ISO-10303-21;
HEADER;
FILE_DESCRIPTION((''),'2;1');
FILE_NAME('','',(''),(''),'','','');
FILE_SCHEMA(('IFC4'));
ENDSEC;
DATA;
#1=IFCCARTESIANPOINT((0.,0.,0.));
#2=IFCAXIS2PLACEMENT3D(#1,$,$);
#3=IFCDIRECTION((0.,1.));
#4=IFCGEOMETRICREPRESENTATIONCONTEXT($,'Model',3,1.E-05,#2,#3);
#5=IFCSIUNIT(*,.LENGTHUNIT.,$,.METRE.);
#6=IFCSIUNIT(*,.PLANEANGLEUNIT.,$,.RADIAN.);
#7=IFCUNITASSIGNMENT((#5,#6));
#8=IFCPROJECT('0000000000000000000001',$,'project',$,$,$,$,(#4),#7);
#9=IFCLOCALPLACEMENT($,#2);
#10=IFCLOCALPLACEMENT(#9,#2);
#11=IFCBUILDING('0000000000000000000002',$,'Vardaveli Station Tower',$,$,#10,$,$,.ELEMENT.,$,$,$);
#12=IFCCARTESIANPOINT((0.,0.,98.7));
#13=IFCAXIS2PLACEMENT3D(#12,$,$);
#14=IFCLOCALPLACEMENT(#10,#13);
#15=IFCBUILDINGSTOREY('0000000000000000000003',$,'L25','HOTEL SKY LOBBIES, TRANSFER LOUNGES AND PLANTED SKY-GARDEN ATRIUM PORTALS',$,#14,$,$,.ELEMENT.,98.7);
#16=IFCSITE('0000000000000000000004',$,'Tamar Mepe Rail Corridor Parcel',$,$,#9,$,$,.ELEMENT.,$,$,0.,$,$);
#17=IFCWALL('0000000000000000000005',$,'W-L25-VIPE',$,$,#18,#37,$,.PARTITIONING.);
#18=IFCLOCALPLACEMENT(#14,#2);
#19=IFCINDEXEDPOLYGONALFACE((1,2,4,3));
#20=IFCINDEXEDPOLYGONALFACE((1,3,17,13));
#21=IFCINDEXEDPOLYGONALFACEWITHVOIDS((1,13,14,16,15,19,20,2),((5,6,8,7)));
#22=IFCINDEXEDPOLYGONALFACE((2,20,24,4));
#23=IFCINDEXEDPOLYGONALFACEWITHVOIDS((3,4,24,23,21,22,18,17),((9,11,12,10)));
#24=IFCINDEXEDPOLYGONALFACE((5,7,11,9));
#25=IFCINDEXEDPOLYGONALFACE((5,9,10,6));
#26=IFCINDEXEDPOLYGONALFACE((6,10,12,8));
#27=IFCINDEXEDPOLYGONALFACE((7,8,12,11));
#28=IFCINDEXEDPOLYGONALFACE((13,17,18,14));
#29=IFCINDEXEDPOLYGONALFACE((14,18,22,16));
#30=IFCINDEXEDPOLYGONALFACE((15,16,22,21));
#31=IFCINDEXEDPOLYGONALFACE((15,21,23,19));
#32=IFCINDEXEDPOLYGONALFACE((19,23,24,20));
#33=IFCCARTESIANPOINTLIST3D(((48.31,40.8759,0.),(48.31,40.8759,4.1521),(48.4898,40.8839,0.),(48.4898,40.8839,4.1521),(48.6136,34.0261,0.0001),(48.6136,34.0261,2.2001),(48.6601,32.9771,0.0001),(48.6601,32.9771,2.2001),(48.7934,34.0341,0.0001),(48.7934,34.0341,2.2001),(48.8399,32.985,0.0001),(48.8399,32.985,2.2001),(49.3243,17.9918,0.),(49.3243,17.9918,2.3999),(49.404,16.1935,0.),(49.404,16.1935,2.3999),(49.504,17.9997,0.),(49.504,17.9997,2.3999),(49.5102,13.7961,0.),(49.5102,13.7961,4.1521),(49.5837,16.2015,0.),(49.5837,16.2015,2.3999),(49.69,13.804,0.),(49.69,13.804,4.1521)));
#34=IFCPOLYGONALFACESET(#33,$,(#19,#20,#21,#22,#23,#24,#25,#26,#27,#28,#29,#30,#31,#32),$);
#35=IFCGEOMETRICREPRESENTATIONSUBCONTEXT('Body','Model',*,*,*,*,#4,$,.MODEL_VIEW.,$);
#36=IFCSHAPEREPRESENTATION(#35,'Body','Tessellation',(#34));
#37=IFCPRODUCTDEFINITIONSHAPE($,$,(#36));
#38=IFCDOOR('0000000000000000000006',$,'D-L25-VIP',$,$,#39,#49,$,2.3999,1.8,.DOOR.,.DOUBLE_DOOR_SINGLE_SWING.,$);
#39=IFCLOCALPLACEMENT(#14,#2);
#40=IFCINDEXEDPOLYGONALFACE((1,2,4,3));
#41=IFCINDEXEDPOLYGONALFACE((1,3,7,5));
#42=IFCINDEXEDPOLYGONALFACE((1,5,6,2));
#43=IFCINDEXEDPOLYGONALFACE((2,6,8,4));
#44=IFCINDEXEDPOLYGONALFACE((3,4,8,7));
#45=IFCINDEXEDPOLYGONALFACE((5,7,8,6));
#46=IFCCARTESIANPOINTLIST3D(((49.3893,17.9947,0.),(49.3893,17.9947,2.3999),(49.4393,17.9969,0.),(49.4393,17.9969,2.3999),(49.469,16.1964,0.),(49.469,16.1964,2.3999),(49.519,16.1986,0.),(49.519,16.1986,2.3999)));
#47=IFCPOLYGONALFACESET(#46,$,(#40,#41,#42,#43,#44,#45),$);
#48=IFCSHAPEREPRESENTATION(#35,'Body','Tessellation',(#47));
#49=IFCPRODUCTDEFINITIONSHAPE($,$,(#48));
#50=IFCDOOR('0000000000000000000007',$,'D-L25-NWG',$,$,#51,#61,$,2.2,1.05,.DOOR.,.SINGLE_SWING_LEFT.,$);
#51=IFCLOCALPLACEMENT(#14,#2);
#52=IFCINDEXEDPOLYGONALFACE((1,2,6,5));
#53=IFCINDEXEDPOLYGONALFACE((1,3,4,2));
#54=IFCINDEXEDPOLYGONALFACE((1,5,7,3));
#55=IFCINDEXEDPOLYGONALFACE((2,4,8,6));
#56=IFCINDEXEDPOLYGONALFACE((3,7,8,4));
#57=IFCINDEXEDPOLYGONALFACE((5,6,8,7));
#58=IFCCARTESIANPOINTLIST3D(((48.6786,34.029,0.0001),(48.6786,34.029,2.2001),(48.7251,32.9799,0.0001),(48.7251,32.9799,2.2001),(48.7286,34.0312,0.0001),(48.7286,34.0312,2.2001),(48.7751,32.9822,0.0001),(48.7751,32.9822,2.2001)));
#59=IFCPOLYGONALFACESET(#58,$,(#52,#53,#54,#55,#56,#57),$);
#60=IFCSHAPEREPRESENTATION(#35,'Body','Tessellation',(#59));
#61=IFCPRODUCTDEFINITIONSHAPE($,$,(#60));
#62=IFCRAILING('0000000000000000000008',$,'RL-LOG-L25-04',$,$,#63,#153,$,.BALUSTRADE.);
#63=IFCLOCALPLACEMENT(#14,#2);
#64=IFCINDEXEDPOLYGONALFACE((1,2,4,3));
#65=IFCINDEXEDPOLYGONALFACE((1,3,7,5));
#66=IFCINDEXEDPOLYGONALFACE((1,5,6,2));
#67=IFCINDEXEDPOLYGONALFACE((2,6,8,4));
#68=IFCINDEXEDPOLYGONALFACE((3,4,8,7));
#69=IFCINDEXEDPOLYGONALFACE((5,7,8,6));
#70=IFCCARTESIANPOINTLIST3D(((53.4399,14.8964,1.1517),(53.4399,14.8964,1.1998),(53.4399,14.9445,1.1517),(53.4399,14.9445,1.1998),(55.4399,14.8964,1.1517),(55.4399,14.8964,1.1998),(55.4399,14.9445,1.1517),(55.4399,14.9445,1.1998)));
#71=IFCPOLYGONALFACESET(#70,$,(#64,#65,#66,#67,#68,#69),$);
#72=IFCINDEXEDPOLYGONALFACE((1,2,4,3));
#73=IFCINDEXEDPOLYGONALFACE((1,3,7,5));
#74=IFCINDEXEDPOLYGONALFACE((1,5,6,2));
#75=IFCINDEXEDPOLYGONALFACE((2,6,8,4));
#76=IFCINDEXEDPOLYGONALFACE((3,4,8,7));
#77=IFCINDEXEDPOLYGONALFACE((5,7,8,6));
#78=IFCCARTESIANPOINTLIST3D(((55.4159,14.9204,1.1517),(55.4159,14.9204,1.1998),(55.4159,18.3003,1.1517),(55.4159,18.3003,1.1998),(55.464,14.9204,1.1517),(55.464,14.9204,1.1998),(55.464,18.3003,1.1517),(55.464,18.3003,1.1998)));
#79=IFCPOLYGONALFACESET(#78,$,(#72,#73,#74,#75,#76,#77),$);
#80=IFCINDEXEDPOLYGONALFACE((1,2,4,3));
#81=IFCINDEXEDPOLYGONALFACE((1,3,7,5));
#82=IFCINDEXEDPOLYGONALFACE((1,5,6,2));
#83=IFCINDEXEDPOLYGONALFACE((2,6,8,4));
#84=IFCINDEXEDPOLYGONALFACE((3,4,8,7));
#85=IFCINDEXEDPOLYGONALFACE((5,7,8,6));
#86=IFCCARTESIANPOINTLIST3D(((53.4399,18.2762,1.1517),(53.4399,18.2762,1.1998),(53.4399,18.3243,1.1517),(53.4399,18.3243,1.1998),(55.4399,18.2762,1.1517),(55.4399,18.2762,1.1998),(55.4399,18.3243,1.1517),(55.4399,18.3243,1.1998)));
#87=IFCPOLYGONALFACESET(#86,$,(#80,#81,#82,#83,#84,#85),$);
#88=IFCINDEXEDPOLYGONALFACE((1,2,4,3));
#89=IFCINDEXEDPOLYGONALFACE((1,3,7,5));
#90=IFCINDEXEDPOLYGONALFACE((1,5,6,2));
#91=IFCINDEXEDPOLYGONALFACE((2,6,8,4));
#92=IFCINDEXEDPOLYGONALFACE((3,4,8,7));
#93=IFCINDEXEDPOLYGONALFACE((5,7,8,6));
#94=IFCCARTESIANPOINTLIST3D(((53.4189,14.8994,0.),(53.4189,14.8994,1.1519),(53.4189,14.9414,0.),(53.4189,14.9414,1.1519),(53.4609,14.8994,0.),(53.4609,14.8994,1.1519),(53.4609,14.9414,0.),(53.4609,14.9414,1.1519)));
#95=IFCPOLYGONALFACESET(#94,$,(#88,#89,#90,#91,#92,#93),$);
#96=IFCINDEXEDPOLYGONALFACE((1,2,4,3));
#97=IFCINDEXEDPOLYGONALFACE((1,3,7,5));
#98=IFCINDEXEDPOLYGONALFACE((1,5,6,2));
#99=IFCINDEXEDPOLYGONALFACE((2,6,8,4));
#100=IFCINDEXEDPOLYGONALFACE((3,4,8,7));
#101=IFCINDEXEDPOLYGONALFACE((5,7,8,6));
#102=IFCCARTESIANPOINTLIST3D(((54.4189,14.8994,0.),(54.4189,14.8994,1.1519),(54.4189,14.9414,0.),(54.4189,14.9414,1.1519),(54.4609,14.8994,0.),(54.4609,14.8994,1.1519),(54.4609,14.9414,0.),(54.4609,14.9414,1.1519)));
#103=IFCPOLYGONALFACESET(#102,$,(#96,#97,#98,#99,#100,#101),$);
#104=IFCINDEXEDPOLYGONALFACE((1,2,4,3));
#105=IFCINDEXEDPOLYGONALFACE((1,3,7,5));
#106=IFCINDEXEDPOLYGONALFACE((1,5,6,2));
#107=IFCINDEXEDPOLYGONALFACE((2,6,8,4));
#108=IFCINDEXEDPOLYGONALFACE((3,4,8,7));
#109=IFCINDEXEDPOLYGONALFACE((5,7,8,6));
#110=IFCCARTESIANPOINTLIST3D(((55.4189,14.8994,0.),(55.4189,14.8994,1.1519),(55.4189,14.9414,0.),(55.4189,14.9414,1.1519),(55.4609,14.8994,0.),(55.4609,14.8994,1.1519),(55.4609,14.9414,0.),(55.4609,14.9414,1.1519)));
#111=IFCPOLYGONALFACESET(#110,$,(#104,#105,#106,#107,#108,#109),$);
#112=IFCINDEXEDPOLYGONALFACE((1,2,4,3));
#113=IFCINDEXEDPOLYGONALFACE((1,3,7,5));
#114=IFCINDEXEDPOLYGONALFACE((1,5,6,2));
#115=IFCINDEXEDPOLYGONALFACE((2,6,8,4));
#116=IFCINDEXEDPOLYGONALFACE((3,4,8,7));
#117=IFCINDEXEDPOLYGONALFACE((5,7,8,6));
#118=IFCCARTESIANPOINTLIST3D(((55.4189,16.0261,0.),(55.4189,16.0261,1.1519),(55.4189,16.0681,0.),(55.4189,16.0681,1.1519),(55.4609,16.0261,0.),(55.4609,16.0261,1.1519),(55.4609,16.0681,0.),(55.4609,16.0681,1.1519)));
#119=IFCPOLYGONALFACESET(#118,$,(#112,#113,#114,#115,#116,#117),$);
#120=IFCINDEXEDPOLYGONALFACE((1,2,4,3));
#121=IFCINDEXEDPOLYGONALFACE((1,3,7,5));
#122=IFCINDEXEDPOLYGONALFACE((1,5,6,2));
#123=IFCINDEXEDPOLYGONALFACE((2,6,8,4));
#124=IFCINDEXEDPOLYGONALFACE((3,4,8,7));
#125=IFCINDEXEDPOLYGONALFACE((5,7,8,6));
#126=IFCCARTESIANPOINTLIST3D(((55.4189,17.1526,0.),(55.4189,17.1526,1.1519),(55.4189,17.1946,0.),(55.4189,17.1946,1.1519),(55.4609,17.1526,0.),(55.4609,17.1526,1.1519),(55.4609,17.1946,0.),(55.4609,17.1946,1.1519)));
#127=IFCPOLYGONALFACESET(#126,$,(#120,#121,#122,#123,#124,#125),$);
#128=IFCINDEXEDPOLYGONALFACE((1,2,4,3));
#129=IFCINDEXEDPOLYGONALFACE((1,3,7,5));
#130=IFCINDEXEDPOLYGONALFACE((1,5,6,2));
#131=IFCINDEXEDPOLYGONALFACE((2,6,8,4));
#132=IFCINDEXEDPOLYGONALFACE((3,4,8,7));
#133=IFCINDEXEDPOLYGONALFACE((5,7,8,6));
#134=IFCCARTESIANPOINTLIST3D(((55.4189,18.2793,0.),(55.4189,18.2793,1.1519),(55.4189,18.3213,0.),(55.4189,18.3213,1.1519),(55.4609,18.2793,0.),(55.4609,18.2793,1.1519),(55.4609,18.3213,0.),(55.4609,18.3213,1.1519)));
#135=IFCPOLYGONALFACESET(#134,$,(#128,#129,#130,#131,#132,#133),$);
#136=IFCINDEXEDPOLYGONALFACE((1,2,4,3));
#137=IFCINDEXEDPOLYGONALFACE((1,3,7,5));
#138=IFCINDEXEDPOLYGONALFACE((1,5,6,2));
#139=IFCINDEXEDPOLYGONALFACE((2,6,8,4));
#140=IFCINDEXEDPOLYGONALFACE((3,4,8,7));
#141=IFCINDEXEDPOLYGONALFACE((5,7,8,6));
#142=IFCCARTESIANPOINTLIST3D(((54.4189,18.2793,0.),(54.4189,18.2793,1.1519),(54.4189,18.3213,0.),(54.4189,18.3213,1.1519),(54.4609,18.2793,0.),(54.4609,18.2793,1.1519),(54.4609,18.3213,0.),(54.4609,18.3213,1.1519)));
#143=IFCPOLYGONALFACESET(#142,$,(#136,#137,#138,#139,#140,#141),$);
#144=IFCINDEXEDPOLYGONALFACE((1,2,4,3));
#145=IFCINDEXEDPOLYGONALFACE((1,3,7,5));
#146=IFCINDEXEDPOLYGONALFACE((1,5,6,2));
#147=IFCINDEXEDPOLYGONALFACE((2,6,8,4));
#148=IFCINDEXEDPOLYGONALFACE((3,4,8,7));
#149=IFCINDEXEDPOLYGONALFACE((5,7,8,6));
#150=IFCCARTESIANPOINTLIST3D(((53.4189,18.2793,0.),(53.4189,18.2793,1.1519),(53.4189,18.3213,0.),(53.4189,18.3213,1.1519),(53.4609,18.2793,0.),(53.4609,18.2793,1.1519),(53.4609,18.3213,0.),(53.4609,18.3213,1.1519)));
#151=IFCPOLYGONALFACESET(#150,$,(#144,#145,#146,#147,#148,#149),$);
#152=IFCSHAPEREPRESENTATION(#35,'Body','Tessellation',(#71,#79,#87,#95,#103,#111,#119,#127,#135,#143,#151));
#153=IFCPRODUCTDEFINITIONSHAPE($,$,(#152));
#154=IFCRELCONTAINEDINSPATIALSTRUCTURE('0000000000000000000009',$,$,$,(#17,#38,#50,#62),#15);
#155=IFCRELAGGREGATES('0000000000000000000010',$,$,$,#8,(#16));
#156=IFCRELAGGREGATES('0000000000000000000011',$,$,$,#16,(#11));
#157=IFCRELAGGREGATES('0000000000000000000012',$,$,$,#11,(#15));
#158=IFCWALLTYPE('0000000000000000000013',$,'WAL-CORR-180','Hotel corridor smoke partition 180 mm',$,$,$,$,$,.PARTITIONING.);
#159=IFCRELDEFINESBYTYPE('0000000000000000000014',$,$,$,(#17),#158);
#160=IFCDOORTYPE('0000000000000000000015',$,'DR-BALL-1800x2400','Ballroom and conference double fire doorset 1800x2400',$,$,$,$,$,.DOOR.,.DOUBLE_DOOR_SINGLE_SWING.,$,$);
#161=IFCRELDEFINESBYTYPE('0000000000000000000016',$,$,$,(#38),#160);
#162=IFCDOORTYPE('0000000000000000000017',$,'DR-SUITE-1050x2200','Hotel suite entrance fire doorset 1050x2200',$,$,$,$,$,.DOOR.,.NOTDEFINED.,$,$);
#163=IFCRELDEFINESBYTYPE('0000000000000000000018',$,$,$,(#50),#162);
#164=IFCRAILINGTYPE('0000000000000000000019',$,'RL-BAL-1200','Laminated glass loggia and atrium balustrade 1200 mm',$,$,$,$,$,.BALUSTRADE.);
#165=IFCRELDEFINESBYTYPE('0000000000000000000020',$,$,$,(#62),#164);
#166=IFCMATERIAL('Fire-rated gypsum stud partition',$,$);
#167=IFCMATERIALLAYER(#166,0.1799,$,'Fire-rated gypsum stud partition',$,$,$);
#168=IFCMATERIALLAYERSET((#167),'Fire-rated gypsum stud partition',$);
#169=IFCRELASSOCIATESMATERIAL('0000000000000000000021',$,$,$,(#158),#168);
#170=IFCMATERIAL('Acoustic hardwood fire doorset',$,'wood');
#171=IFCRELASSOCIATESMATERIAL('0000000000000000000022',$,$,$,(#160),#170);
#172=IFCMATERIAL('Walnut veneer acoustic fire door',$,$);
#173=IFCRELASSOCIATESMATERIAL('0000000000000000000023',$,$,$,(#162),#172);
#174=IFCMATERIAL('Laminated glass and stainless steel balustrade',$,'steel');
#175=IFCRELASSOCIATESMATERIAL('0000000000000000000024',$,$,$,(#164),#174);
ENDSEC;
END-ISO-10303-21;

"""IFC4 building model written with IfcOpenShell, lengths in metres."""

from ifc_helpers import new_model, si_unit, direction, frame, frame_2d, origin, origin_2d, place, context, subcontext, project, spatial, rectangle, extrude, source, transform, mapped, material, layer, layer_set, type_object, element, fill, save


model = new_model("IFC4")

# Units and contexts
model_context = context("Model", 3, precision=1e-05, world=origin(), true_north=direction((0.0, 1.0)))
body_context = subcontext(model_context, "Body", "Model", "MODEL_VIEW")
ifc_project = project(units=[si_unit("LENGTHUNIT", "METRE"), si_unit("PLANEANGLEUNIT", "RADIAN")], contexts=[model_context])

# Site, building, storey
site_placement = place(None, origin())
site = spatial("IfcSite", under=ifc_project, at=site_placement, Name="Tamar Mepe Rail Corridor Parcel", CompositionType="ELEMENT", RefElevation=0.0)
building_placement = place(site_placement, origin())
building = spatial("IfcBuilding", under=site, at=building_placement, Name="Vardaveli Station Tower", CompositionType="ELEMENT")
storey_placement = place(building_placement, frame((0.0, 0.0, 98.7)))
storey = spatial("IfcBuildingStorey", under=building, at=storey_placement, Name="L25", Description="HOTEL SKY LOBBIES, TRANSFER LOUNGES AND PLANTED SKY-GARDEN ATRIUM PORTALS", CompositionType="ELEMENT", Elevation=98.7)

# Wall, openings, doors
ifc_material_1 = material(Name="Fire-rated gypsum stud partition")
ifc_layer_1 = layer(ifc_material_1, 0.1799, Name="Fire-rated gypsum stud partition")
ifc_layer_set_1 = layer_set([ifc_layer_1], Name="Fire-rated gypsum stud partition")
wall_type_1 = type_object("IfcWallType", Name="WAL-CORR-180", Description="Hotel corridor smoke partition 180 mm", PredefinedType="PARTITIONING", material=ifc_layer_set_1)
shared_shape_1 = source(origin(), body_context, "Body", "SweptSolid", [
    extrude(rectangle(XDim=27.1064, YDim=0.1799, at=frame_2d((13.5532, 0.0))), origin(), (0.0, 0.0, 1.0), 4.1521),
])
wall_1_placement = place(storey_placement, frame((49.6001, 13.8, 0.0), z_axis=(0.0, 0.0, 1.0), x_axis=(-0.044277, 0.999019, 0.0)))
wall_1 = element("IfcWall", 1, at=wall_1_placement, inside=storey, type_object=wall_type_1, Name="W-L25-VIPE", PredefinedType="PARTITIONING", context=body_context, shape_type="MappedRepresentation", body=[
    mapped(shared_shape_1, transform((0.0, 0.0, 0.0), scale=1.0)),
])
shared_shape_2 = source(origin(), body_context, "Body", "SweptSolid", [
    extrude(rectangle(XDim=1.8, YDim=2.3999, at=frame_2d((0.8999, 1.2))), frame((0.0, 0.1001, 0.0), z_axis=(0.0, -1.0, 0.0), x_axis=(1.0, 0.0, 0.0)), (0.0, 0.0, 1.0), 0.2),
])
opening_1_placement = place(wall_1_placement, frame((2.3999, 0.0, 0.0)))
opening_1 = element("IfcOpeningElement", 2, at=opening_1_placement, cuts=wall_1, PredefinedType="OPENING", context=body_context, shape_type="MappedRepresentation", body=[
    mapped(shared_shape_2, transform((0.0, 0.0, 0.0), scale=1.0)),
])
shared_shape_3 = source(origin(), body_context, "Body", "SweptSolid", [
    extrude(rectangle(XDim=1.05, YDim=2.2, at=frame_2d((0.5249, 1.1001))), frame((0.0, 0.1001, 0.0), z_axis=(0.0, -1.0, 0.0), x_axis=(1.0, 0.0, 0.0)), (0.0, 0.0, 1.0), 0.2),
])
opening_2_placement = place(wall_1_placement, frame((19.2, 0.0, 0.0)))
opening_2 = element("IfcOpeningElement", 3, at=opening_2_placement, cuts=wall_1, PredefinedType="OPENING", context=body_context, shape_type="MappedRepresentation", body=[
    mapped(shared_shape_3, transform((0.0, 0.0, 0.0), scale=1.0)),
])
ifc_material_2 = material(Name="Acoustic hardwood fire doorset", Category="wood")
door_type_1 = type_object("IfcDoorType", Name="DR-BALL-1800x2400", Description="Ballroom and conference double fire doorset 1800x2400", OperationType="DOUBLE_DOOR_SINGLE_SWING", PredefinedType="DOOR", material=ifc_material_2)
shared_shape_4 = source(origin(), body_context, "Body", "SweptSolid", [
    extrude(rectangle(XDim=1.8, YDim=2.3999, at=frame_2d((0.8999, 1.2))), frame((0.0, 0.0249, 0.0), z_axis=(0.0, -1.0, 0.0), x_axis=(1.0, 0.0, 0.0)), (0.0, 0.0, 1.0), 0.05),
])
door_1_placement = place(opening_1_placement, origin())
door_1 = element("IfcDoor", 4, at=door_1_placement, inside=storey, type_object=door_type_1, Name="D-L25-VIP", OperationType="DOUBLE_DOOR_SINGLE_SWING", OverallHeight=2.3999, OverallWidth=1.8, PredefinedType="DOOR", context=body_context, shape_type="MappedRepresentation", body=[
    mapped(shared_shape_4, transform((0.0, 0.0, 0.0), scale=1.0)),
])
fill(opening_1, door_1)
ifc_material_3 = material(Name="Walnut veneer acoustic fire door")
door_type_2 = type_object("IfcDoorType", Name="DR-SUITE-1050x2200", Description="Hotel suite entrance fire doorset 1050x2200", OperationType="NOTDEFINED", PredefinedType="DOOR", material=ifc_material_3)
shared_shape_5 = source(origin(), body_context, "Body", "SweptSolid", [
    extrude(rectangle(XDim=1.05, YDim=2.2, at=frame_2d((0.5249, 1.1001))), frame((0.0, 0.0249, 0.0), z_axis=(0.0, -1.0, 0.0), x_axis=(1.0, 0.0, 0.0)), (0.0, 0.0, 1.0), 0.05),
])
door_2_placement = place(opening_2_placement, origin())
door_2 = element("IfcDoor", 5, at=door_2_placement, inside=storey, type_object=door_type_2, Name="D-L25-NWG", OperationType="SINGLE_SWING_LEFT", OverallHeight=2.2, OverallWidth=1.05, PredefinedType="DOOR", context=body_context, shape_type="MappedRepresentation", body=[
    mapped(shared_shape_5, transform((0.0, 0.0, 0.0), scale=1.0)),
])
fill(opening_2, door_2)

# Railing
ifc_material_4 = material(Name="Laminated glass and stainless steel balustrade", Category="steel")
railing_type = type_object("IfcRailingType", Name="RL-BAL-1200", Description="Laminated glass loggia and atrium balustrade 1200 mm", PredefinedType="BALUSTRADE", material=ifc_material_4)
shared_shape_6 = source(origin(), body_context, "Body", "SweptSolid", [
    extrude(rectangle(XDim=0.0481, YDim=0.0481, at=origin_2d()), frame((0.0, 0.0, 1.1758), z_axis=(1.0, 0.0, 0.0), x_axis=(0.0, 1.0, 0.0)), (0.0, 0.0, 1.0), 2.0),
    extrude(rectangle(XDim=0.0481, YDim=0.0481, at=origin_2d()), frame((2.0, 0.0, 1.1758), z_axis=(0.0, 1.0, 0.0), x_axis=(-1.0, 0.0, 0.0)), (0.0, 0.0, 1.0), 3.3799),
    extrude(rectangle(XDim=0.0481, YDim=0.0481, at=origin_2d()), frame((2.0, 3.3799, 1.1758), z_axis=(-1.0, 0.0, 0.0), x_axis=(0.0, -1.0, 0.0)), (0.0, 0.0, 1.0), 2.0),
    extrude(rectangle(XDim=0.042, YDim=0.042, at=origin_2d()), origin(), (0.0, 0.0, 1.0), 1.1519),
    extrude(rectangle(XDim=0.042, YDim=0.042, at=origin_2d()), frame((1.0, 0.0, 0.0)), (0.0, 0.0, 1.0), 1.1519),
    extrude(rectangle(XDim=0.042, YDim=0.042, at=origin_2d()), frame((2.0, 0.0, 0.0)), (0.0, 0.0, 1.0), 1.1519),
    extrude(rectangle(XDim=0.042, YDim=0.042, at=origin_2d()), frame((2.0, 1.1267, 0.0)), (0.0, 0.0, 1.0), 1.1519),
    extrude(rectangle(XDim=0.042, YDim=0.042, at=origin_2d()), frame((2.0, 2.2532, 0.0)), (0.0, 0.0, 1.0), 1.1519),
    extrude(rectangle(XDim=0.042, YDim=0.042, at=origin_2d()), frame((2.0, 3.3799, 0.0)), (0.0, 0.0, 1.0), 1.1519),
    extrude(rectangle(XDim=0.042, YDim=0.042, at=origin_2d()), frame((1.0, 3.3799, 0.0)), (0.0, 0.0, 1.0), 1.1519),
    extrude(rectangle(XDim=0.042, YDim=0.042, at=origin_2d()), frame((0.0, 3.3799, 0.0)), (0.0, 0.0, 1.0), 1.1519),
])
railing_placement = place(storey_placement, frame((53.4399, 14.9204, 0.0)))
element("IfcRailing", 6, at=railing_placement, inside=storey, type_object=railing_type, Name="RL-LOG-L25-04", PredefinedType="BALUSTRADE", context=body_context, shape_type="MappedRepresentation", body=[
    mapped(shared_shape_6, transform((0.0, 0.0, 0.0), scale=1.0)),
])

save(model, "model.ifc")
